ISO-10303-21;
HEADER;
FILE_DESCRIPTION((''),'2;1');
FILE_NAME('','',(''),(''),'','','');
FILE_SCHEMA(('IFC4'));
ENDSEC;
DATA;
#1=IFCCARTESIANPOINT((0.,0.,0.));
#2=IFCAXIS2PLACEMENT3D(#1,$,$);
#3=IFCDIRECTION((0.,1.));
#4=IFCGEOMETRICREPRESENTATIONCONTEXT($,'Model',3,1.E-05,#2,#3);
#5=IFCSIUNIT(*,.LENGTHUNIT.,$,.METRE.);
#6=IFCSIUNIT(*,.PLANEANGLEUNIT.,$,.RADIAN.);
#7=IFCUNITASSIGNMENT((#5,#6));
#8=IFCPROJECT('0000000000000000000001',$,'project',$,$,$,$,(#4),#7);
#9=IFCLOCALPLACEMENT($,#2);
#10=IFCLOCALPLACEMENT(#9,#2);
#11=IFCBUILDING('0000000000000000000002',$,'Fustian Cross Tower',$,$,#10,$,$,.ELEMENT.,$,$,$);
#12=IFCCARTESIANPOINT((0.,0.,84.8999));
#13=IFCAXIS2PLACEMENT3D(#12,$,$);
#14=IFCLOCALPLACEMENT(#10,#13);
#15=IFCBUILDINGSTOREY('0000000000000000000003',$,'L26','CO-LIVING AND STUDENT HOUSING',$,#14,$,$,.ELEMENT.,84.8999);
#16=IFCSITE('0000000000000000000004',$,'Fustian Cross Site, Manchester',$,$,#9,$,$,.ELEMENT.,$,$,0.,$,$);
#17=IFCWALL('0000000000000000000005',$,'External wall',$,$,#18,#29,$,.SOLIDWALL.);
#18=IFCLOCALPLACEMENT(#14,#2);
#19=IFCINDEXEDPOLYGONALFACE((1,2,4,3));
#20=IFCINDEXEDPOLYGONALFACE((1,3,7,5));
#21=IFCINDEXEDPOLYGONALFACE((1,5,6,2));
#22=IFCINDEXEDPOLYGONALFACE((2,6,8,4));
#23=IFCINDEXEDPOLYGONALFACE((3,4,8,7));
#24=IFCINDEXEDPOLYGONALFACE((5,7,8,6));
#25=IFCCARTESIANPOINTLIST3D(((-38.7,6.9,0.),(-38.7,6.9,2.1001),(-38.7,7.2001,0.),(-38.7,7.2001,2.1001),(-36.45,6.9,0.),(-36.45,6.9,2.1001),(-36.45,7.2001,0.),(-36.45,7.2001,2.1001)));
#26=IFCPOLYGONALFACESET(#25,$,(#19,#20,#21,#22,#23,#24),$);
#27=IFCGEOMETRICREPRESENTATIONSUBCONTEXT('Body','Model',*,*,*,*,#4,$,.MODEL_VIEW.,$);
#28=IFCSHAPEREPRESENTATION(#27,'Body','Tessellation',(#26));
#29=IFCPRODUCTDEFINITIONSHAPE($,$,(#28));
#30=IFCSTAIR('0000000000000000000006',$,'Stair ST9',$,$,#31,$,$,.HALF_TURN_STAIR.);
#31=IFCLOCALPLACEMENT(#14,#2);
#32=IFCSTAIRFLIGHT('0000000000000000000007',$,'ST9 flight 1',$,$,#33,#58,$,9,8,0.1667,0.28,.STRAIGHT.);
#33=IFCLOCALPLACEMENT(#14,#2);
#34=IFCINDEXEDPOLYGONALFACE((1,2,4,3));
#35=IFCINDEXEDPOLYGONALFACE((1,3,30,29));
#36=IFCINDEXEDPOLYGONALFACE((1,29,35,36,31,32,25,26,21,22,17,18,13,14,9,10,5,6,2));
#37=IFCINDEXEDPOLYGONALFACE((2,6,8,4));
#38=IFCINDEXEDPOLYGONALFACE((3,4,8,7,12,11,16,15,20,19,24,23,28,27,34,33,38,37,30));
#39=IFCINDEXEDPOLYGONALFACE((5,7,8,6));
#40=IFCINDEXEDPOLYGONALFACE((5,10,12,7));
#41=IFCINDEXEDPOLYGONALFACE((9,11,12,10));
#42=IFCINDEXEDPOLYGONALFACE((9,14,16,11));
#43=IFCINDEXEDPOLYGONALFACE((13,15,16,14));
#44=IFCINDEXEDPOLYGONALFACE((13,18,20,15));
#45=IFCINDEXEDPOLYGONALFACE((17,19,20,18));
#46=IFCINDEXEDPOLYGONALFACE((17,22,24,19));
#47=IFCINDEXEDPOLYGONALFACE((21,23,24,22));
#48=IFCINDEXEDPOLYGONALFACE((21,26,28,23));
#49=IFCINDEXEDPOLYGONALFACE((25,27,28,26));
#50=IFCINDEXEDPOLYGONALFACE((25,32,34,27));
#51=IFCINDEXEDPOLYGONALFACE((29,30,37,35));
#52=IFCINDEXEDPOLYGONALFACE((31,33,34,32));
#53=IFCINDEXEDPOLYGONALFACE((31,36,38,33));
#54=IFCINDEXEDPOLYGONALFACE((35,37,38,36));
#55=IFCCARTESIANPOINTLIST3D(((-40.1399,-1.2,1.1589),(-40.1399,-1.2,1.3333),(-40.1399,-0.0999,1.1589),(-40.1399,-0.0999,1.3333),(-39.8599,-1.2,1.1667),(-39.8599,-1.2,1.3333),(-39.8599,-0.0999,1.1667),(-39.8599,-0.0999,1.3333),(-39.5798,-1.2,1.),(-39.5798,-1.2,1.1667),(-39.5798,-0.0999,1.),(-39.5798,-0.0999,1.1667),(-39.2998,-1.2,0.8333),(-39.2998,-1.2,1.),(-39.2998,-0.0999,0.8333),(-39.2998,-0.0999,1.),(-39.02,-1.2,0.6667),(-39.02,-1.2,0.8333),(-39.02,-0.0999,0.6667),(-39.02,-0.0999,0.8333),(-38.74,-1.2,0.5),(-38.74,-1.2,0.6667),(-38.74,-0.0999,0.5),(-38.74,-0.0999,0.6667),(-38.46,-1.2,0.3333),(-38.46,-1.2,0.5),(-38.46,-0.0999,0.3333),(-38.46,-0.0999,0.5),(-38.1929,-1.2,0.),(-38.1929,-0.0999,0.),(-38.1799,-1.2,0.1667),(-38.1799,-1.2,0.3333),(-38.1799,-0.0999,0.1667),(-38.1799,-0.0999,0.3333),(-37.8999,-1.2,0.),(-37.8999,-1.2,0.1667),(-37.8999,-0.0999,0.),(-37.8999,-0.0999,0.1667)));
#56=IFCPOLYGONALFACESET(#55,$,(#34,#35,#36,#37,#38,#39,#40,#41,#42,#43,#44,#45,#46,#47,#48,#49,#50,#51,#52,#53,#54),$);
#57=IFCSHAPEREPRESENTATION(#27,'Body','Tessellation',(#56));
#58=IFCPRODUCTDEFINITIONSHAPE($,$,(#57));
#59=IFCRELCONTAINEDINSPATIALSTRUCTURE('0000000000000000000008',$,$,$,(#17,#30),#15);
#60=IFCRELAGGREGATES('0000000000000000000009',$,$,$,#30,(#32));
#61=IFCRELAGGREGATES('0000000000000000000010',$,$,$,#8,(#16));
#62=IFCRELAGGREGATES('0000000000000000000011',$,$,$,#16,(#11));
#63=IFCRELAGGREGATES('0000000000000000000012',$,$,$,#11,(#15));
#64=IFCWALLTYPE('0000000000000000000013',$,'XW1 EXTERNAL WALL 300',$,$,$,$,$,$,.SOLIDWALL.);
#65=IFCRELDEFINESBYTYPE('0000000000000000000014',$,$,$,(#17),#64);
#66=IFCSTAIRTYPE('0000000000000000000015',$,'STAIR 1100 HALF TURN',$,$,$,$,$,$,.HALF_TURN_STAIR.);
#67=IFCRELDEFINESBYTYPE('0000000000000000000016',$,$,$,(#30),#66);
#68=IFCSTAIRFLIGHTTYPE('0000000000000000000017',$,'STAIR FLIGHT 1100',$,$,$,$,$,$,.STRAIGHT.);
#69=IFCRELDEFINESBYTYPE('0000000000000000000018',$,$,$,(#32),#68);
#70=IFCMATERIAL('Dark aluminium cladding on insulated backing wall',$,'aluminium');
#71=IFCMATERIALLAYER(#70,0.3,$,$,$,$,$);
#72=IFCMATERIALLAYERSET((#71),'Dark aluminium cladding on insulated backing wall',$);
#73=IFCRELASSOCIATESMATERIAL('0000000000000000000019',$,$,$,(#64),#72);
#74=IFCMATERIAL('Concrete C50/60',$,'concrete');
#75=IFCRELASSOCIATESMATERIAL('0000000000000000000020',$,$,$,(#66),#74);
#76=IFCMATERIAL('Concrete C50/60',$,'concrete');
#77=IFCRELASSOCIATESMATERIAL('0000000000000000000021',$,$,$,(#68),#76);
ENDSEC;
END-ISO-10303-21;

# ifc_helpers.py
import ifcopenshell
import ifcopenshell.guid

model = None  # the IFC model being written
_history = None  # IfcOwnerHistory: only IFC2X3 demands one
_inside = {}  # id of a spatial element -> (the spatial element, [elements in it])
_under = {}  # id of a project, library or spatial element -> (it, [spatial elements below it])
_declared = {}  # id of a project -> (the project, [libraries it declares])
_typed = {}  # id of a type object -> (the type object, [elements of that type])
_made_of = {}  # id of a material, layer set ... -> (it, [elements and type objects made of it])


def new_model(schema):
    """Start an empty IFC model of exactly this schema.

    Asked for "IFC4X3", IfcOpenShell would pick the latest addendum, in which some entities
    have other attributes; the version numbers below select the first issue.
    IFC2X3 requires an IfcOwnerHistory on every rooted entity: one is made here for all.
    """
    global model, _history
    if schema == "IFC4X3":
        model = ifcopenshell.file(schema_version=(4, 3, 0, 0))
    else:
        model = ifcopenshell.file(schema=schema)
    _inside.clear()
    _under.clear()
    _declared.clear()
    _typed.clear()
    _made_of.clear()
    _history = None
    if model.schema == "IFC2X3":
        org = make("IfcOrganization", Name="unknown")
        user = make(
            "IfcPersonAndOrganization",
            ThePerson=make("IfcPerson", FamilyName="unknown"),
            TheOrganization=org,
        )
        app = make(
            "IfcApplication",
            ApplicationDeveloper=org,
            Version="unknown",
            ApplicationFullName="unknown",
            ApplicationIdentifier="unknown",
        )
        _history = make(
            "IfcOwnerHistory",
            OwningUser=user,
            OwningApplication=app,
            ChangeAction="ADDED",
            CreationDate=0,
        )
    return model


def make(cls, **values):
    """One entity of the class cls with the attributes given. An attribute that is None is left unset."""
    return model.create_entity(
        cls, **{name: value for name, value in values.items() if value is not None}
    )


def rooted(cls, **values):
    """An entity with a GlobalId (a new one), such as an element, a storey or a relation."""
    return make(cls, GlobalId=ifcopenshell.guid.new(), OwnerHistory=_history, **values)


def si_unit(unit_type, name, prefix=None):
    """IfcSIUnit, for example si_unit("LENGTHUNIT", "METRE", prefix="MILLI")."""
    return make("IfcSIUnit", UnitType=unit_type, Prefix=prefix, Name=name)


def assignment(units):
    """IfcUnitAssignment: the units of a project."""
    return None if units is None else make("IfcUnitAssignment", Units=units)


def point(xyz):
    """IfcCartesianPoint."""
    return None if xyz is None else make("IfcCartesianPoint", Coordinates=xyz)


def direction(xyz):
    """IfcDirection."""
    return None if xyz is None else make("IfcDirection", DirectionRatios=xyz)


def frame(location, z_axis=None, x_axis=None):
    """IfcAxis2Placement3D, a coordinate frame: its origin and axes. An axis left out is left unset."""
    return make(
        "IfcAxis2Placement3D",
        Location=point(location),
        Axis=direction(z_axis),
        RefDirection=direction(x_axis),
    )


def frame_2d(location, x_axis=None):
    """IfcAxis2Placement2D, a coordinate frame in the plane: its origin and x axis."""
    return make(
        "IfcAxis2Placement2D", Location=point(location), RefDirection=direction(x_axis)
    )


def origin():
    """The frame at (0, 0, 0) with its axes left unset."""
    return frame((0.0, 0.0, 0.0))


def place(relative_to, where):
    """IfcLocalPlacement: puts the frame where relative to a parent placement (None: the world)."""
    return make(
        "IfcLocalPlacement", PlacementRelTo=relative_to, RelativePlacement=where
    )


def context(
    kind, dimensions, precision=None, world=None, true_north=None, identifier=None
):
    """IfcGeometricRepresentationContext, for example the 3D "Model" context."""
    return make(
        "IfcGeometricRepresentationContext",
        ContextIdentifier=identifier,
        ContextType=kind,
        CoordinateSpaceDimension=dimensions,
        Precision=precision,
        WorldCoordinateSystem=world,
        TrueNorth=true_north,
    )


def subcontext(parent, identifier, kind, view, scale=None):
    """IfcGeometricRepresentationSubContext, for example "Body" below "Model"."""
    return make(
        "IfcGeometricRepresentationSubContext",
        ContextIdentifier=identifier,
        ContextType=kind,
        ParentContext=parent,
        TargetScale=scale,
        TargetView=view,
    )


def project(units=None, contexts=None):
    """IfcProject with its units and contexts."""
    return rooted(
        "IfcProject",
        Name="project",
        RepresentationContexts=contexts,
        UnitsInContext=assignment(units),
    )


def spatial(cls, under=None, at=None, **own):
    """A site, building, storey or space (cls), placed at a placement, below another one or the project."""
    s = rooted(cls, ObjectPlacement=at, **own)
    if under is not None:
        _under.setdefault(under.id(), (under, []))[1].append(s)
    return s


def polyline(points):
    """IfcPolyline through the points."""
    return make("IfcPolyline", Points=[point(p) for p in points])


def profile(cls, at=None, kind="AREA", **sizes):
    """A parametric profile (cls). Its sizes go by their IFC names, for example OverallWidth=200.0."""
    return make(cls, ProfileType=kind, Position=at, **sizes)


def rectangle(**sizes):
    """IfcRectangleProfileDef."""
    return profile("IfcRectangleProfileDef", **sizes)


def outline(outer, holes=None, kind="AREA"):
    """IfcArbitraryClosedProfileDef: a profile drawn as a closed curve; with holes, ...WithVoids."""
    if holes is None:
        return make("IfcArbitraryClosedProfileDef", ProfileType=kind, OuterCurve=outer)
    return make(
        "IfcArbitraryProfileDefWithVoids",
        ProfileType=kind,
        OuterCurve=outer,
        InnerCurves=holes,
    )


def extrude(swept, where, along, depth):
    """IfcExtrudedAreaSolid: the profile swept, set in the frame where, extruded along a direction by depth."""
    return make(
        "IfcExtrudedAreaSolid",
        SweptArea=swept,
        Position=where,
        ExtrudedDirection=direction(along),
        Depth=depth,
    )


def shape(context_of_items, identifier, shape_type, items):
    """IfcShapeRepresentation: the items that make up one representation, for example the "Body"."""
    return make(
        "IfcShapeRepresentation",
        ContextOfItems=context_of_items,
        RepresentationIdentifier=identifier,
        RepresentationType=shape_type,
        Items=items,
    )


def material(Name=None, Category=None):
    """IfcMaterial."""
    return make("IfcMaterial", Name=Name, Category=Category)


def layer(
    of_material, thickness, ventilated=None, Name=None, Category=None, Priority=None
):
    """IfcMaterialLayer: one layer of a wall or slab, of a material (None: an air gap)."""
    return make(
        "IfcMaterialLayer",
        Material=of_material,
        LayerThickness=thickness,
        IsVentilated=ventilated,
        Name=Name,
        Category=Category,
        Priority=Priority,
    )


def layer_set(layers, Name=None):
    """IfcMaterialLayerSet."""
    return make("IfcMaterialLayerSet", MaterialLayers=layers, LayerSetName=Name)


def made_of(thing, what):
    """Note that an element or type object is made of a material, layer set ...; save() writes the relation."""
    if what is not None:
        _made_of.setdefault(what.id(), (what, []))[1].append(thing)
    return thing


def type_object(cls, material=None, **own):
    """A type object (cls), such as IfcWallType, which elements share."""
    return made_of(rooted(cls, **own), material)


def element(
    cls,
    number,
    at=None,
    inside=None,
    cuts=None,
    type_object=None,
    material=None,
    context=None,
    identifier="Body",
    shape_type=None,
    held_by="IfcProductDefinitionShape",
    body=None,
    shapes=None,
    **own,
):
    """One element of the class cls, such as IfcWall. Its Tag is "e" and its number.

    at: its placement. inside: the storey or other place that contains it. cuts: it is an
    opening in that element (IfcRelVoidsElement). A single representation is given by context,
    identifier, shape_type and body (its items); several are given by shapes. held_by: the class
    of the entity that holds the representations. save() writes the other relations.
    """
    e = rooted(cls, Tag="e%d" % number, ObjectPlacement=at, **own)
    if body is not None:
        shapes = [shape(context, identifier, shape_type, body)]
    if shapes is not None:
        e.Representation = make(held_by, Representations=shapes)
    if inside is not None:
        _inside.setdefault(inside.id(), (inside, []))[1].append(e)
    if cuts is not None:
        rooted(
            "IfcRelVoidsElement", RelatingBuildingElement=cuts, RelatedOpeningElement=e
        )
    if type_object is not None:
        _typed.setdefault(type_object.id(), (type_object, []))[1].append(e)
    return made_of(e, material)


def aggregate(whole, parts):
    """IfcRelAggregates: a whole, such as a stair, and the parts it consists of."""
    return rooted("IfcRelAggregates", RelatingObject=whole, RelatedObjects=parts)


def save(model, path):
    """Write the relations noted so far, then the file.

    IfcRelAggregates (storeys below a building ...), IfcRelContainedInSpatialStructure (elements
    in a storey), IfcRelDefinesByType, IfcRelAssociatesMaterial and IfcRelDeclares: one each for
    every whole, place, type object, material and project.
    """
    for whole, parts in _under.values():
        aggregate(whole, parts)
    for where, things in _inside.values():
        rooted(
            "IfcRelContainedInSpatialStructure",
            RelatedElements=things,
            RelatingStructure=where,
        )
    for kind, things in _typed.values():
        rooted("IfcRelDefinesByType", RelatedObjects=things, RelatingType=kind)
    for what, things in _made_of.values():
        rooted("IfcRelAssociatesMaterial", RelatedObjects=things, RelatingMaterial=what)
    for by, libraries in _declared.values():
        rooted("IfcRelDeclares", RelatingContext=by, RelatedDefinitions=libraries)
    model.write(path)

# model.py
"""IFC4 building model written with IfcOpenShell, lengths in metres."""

from ifc_helpers import new_model, si_unit, direction, frame, frame_2d, origin, place, context, subcontext, project, spatial, polyline, rectangle, outline, extrude, material, layer, layer_set, type_object, element, aggregate, save


model = new_model("IFC4")

# Units and contexts
model_context = context("Model", 3, precision=1e-05, world=origin(), true_north=direction((0.0, 1.0)))
body_context = subcontext(model_context, "Body", "Model", "MODEL_VIEW")
ifc_project = project(units=[si_unit("LENGTHUNIT", "METRE"), si_unit("PLANEANGLEUNIT", "RADIAN")], contexts=[model_context])

# Site, building, storey
site_placement = place(None, origin())
site = spatial("IfcSite", under=ifc_project, at=site_placement, Name="Fustian Cross Site, Manchester", CompositionType="ELEMENT", RefElevation=0.0)
building_placement = place(site_placement, origin())
building = spatial("IfcBuilding", under=site, at=building_placement, Name="Fustian Cross Tower", CompositionType="ELEMENT")
storey_placement = place(building_placement, frame((0.0, 0.0, 84.8999)))
storey = spatial("IfcBuildingStorey", under=building, at=storey_placement, Name="L26", Description="CO-LIVING AND STUDENT HOUSING", CompositionType="ELEMENT", Elevation=84.8999)

# Wall
ifc_material_1 = material(Name="Dark aluminium cladding on insulated backing wall", Category="aluminium")
ifc_layer_1 = layer(ifc_material_1, 0.3)
ifc_layer_set_1 = layer_set([ifc_layer_1], Name="Dark aluminium cladding on insulated backing wall")
wall_type_1 = type_object("IfcWallType", Name="XW1 EXTERNAL WALL 300", PredefinedType="SOLIDWALL", material=ifc_layer_set_1)
wall_1_placement = place(storey_placement, frame((-36.45, 7.05, 0.0), z_axis=(0.0, 0.0, 1.0), x_axis=(-1.0, 0.0, 0.0)))
element("IfcWall", 1, at=wall_1_placement, inside=storey, type_object=wall_type_1, Name="External wall", PredefinedType="SOLIDWALL", context=body_context, shape_type="SweptSolid", body=[
    extrude(rectangle(XDim=2.25, YDim=0.3, at=frame_2d((1.125, 0.0))), origin(), (0.0, 0.0, 1.0), 2.1001),
])

# Stair, stair flight
ifc_material_2 = material(Name="Concrete C50/60", Category="concrete")
stair_type = type_object("IfcStairType", Name="STAIR 1100 HALF TURN", PredefinedType="HALF_TURN_STAIR", material=ifc_material_2)
stair_placement = place(storey_placement, origin())
stair = element("IfcStair", 2, at=stair_placement, inside=storey, type_object=stair_type, Name="Stair ST9", PredefinedType="HALF_TURN_STAIR")
ifc_material_3 = material(Name="Concrete C50/60", Category="concrete")
stair_flight_type = type_object("IfcStairFlightType", Name="STAIR FLIGHT 1100", PredefinedType="STRAIGHT", material=ifc_material_3)
stair_flight_placement = place(storey_placement, frame((-37.8999, -0.6499, 0.0), z_axis=(0.0, 0.0, 1.0), x_axis=(-1.0, 0.0, 0.0)))
stair_flight = element("IfcStairFlight", 3, at=stair_flight_placement, type_object=stair_flight_type, Name="ST9 flight 1", NumberOfRisers=9, NumberOfTreads=8, PredefinedType="STRAIGHT", RiserHeight=0.1667, TreadLength=0.28, context=body_context, shape_type="SweptSolid", body=[
    extrude(outline(polyline([(0.0, 0.0), (0.0, 0.1667), (0.28, 0.1667), (0.28, 0.3333), (0.5601, 0.3333), (0.5601, 0.5), (0.8401, 0.5), (0.8401, 0.6667), (1.1201, 0.6667), (1.1201, 0.8333), (1.3999, 0.8333), (1.3999, 1.0), (1.6799, 1.0), (1.6799, 1.1667), (1.96, 1.1667), (1.96, 1.3333), (2.24, 1.3333), (2.24, 1.5), (2.24, 1.1589), (0.293, 0.0), (0.0, 0.0)])), frame((0.0, 0.55, 0.0), z_axis=(0.0, -1.0, 0.0), x_axis=(1.0, 0.0, 0.0)), (0.0, 0.0, 1.0), 1.1001),
])
aggregate(stair, [stair_flight])

save(model, "model.ifc")
